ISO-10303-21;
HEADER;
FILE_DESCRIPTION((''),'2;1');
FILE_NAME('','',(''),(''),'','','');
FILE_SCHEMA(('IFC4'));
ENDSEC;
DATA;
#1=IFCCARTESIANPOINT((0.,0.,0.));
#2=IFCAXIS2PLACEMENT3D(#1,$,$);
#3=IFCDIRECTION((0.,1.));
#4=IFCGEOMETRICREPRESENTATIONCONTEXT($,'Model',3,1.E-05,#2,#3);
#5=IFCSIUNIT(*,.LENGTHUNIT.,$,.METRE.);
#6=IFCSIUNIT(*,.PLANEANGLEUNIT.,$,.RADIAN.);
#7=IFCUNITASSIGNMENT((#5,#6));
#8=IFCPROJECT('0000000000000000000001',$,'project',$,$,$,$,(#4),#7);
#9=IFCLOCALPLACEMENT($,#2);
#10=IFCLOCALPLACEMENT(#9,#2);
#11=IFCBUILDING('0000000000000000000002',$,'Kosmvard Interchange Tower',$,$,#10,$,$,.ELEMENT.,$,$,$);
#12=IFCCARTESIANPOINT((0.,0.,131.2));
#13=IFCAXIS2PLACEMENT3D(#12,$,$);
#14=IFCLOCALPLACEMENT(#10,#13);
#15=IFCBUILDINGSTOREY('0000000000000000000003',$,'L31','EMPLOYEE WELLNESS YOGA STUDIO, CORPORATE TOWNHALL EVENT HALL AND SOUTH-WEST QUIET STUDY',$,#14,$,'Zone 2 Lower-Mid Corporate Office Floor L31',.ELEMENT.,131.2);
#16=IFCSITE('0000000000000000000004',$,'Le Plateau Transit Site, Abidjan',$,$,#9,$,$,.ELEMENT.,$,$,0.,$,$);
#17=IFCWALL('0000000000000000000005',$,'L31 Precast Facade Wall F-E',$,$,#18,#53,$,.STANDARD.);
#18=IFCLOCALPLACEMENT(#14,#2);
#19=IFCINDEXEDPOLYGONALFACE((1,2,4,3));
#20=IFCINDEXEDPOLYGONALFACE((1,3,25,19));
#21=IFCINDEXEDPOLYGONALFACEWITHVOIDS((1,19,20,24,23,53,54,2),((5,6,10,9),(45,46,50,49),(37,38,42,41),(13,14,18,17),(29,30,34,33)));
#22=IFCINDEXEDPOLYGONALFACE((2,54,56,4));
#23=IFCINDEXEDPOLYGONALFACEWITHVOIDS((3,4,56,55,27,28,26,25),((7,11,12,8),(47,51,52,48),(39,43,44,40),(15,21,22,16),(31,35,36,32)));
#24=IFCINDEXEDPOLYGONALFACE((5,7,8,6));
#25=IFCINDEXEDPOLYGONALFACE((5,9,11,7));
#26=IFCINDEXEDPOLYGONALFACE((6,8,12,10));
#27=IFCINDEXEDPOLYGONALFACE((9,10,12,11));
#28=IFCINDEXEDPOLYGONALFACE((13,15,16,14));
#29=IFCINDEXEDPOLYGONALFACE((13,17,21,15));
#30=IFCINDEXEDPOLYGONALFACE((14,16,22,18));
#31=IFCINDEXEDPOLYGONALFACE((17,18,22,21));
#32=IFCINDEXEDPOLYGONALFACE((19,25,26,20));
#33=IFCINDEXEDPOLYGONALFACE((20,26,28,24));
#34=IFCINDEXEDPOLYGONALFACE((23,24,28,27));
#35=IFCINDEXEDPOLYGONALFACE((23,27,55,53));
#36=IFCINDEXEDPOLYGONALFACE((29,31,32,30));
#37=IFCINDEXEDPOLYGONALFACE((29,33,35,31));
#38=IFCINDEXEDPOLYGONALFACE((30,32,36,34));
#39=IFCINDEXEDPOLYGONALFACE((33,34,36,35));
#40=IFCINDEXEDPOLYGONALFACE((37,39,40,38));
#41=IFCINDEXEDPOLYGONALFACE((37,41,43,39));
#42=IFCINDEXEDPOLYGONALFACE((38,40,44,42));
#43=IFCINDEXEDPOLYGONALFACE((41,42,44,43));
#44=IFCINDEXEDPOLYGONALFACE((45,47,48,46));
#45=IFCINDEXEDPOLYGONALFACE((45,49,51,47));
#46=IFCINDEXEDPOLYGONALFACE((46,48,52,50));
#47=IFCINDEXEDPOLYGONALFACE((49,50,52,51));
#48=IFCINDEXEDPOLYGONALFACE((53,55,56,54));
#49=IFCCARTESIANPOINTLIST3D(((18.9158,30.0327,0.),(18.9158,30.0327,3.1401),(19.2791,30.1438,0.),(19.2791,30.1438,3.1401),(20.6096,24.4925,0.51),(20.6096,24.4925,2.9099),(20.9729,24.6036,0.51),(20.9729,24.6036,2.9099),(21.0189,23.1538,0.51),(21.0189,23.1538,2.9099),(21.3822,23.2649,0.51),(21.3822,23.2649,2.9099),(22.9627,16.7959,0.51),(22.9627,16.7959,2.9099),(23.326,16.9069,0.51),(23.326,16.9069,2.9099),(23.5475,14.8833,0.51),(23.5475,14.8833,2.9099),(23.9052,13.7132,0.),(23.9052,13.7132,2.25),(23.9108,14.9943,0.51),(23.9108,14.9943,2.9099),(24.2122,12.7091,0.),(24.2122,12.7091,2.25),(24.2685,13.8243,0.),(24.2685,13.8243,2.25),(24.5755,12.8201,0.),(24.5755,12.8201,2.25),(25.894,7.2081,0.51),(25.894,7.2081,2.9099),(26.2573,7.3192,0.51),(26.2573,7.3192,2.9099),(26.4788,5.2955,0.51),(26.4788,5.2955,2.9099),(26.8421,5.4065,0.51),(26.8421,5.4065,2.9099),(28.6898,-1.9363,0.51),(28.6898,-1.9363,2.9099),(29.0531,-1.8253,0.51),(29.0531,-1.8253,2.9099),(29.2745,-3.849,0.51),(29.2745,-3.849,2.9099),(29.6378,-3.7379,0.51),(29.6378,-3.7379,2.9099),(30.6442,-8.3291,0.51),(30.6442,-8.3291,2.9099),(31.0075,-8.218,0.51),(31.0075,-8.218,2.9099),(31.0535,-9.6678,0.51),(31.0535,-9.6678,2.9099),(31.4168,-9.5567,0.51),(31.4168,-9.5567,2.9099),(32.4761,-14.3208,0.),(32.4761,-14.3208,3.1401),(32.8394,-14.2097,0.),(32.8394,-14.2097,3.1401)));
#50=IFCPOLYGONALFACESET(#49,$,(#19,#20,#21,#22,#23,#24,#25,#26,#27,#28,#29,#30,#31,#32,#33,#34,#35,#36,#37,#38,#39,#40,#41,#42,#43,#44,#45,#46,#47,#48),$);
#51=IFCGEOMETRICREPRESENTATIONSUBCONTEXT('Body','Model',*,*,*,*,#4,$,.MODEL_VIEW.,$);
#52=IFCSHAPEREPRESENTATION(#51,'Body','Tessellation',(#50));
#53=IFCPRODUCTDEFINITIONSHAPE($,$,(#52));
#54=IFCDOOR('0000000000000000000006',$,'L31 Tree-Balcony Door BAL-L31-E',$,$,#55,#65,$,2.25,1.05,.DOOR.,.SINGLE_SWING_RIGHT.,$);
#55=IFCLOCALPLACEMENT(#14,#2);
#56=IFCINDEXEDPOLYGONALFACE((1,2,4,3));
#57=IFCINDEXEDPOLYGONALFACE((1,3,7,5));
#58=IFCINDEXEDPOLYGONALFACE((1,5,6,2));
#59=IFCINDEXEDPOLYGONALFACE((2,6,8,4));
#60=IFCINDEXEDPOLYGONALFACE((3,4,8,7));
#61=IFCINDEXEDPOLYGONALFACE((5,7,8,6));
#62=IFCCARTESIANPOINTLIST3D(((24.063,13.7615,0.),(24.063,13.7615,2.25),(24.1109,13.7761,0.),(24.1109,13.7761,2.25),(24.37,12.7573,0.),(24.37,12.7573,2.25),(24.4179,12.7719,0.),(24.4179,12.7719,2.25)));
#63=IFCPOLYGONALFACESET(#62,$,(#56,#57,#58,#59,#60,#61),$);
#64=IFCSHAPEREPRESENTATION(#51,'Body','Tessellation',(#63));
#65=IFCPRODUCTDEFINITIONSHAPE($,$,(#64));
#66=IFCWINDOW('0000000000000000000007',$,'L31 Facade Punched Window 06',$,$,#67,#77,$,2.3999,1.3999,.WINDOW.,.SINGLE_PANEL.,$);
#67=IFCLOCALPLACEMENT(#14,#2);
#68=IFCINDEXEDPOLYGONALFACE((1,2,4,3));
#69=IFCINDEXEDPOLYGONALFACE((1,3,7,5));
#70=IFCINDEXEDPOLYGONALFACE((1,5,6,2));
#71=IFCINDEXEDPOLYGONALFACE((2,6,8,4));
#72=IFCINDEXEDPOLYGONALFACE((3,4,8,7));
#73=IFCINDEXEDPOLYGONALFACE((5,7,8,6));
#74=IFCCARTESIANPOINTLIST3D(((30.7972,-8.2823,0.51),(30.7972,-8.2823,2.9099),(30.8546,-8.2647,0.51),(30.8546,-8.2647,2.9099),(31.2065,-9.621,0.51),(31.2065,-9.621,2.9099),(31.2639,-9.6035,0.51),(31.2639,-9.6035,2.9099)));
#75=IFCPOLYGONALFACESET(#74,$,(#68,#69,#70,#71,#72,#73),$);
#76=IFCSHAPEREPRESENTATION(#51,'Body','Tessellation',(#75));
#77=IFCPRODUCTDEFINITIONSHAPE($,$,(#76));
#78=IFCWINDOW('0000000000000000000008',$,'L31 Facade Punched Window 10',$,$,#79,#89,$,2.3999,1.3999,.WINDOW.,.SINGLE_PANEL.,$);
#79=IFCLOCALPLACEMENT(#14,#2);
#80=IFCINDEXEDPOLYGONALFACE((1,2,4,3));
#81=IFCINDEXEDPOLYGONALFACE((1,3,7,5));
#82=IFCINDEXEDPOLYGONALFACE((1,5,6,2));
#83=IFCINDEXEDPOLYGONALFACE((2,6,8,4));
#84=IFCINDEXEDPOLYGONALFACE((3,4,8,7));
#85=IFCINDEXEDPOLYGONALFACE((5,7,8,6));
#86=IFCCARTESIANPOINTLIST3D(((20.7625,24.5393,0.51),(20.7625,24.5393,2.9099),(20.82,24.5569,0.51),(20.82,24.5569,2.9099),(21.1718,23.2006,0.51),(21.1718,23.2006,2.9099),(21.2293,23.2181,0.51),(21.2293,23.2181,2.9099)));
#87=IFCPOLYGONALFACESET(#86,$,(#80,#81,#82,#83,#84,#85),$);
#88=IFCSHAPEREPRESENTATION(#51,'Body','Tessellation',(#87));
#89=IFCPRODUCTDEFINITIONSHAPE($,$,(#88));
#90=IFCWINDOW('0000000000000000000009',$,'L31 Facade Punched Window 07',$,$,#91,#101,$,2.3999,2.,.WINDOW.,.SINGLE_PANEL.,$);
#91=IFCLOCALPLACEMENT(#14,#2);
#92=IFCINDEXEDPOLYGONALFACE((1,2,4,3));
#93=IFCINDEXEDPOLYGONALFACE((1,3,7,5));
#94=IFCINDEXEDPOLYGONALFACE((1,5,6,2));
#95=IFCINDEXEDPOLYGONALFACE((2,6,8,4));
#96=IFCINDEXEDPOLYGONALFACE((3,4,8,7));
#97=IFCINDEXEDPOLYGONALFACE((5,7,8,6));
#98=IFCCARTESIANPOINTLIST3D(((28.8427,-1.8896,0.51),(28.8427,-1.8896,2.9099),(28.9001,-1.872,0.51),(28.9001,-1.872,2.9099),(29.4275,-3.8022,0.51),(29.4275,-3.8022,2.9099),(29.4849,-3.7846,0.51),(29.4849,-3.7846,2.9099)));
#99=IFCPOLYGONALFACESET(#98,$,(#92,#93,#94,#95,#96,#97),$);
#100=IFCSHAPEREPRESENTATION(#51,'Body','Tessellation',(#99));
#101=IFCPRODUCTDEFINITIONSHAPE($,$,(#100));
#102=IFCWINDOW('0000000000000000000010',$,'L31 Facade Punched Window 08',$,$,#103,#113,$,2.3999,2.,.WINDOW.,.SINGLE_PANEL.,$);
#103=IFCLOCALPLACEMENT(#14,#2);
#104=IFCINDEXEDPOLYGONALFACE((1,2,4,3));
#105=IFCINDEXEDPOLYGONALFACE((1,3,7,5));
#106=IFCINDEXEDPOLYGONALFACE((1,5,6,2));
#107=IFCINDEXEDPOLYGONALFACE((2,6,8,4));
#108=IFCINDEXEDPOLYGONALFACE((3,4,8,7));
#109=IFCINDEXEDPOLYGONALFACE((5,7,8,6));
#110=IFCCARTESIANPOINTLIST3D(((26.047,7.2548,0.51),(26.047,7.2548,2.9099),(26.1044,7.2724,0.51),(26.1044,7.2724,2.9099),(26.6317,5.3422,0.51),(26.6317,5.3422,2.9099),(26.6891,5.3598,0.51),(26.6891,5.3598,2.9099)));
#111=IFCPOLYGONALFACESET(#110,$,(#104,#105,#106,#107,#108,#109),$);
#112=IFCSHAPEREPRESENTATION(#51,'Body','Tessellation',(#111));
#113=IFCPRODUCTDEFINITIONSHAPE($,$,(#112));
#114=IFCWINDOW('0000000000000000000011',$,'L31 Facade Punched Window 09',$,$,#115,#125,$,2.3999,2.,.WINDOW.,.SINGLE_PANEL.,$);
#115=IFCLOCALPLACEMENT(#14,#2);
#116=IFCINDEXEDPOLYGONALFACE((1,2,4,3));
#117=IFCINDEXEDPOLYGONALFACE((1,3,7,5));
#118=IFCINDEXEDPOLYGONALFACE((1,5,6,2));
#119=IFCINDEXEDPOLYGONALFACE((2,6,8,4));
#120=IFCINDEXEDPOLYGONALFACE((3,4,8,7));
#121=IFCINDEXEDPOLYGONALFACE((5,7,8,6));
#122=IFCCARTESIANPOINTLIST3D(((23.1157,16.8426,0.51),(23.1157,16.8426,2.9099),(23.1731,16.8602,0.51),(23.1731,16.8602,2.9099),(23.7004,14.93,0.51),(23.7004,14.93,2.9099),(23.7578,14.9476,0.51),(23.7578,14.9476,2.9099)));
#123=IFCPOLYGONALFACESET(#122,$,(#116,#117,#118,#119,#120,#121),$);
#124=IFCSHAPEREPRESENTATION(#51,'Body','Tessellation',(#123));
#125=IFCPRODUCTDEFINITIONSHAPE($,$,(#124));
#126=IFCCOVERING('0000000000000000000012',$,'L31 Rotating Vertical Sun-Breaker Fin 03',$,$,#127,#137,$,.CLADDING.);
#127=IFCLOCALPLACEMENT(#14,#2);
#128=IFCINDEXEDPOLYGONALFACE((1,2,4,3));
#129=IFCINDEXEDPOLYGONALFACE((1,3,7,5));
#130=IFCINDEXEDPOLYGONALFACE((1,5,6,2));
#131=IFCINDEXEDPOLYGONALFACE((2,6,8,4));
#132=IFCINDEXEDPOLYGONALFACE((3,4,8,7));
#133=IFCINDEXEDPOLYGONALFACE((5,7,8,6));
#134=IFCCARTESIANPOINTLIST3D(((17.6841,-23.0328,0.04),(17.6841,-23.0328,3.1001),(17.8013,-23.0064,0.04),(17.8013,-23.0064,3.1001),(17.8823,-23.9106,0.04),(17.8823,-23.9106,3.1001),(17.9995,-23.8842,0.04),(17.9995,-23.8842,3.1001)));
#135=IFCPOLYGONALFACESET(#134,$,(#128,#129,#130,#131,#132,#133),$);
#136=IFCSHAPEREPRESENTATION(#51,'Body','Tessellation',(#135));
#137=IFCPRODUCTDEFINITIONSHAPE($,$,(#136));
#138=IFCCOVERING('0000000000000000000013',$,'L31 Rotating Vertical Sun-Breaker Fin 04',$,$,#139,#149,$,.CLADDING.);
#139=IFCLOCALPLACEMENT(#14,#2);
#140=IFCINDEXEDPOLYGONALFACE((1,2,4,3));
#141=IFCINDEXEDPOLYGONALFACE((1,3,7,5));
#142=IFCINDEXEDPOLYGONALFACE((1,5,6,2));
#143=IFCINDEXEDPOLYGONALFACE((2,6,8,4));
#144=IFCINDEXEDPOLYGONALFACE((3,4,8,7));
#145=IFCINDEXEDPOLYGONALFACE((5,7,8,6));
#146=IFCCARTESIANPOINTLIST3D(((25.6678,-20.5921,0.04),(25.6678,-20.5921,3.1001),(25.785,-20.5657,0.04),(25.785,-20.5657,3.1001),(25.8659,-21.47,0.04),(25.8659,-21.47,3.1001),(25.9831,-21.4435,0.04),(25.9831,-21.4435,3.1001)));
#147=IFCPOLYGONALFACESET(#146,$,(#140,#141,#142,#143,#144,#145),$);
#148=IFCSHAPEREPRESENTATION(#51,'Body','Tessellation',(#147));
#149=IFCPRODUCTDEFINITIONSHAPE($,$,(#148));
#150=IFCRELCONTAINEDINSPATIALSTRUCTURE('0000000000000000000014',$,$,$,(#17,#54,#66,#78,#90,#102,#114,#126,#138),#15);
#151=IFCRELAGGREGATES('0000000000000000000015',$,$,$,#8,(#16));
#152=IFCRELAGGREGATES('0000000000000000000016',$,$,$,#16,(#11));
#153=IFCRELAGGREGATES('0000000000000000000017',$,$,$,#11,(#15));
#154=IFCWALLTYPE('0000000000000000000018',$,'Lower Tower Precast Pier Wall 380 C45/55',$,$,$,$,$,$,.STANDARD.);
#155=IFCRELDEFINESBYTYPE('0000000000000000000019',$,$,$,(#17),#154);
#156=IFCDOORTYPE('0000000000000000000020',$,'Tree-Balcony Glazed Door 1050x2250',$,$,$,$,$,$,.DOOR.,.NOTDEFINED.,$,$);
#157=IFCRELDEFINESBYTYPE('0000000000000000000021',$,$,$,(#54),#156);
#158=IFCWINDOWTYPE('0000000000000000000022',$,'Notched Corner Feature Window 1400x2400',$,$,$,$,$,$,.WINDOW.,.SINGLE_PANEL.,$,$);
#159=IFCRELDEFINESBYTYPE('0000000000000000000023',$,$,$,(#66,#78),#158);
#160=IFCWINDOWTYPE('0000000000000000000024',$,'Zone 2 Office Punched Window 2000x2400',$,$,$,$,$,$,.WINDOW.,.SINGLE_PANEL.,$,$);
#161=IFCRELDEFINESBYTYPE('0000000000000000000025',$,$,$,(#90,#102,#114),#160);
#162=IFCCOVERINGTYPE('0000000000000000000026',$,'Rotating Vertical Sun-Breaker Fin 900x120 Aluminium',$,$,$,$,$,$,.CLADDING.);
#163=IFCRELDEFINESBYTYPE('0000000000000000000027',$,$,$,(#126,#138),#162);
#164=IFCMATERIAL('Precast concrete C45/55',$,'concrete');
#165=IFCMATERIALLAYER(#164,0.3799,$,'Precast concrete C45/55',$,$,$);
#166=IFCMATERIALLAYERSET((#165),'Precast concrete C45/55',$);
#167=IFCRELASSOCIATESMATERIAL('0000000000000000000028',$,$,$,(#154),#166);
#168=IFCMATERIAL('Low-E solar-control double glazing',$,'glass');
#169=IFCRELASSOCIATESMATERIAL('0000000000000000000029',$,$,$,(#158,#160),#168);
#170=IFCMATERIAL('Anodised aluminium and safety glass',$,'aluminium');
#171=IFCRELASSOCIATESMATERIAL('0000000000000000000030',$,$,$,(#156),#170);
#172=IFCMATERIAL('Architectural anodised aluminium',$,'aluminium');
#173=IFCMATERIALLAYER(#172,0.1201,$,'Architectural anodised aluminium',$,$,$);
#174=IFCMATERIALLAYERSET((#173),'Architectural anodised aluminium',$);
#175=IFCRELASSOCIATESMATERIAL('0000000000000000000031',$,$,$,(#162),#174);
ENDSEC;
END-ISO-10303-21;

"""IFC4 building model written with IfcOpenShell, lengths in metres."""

from ifc_helpers import new_model, si_unit, direction, frame, frame_2d, origin, origin_2d, place, context, subcontext, project, spatial, rectangle, extrude, source, transform, mapped, material, layer, layer_set, type_object, element, fill, save


model = new_model("IFC4")

# Units and contexts
model_context = context("Model", 3, precision=1e-05, world=origin(), true_north=direction((0.0, 1.0)))
body_context = subcontext(model_context, "Body", "Model", "MODEL_VIEW")
ifc_project = project(units=[si_unit("LENGTHUNIT", "METRE"), si_unit("PLANEANGLEUNIT", "RADIAN")], contexts=[model_context])

# Site, building, storey
site_placement = place(None, origin())
site = spatial("IfcSite", under=ifc_project, at=site_placement, Name="Le Plateau Transit Site, Abidjan", CompositionType="ELEMENT", RefElevation=0.0)
building_placement = place(site_placement, origin())
building = spatial("IfcBuilding", under=site, at=building_placement, Name="Kosmvard Interchange Tower", CompositionType="ELEMENT")
storey_placement = place(building_placement, frame((0.0, 0.0, 131.2)))
storey = spatial("IfcBuildingStorey", under=building, at=storey_placement, Name="L31", Description="EMPLOYEE WELLNESS YOGA STUDIO, CORPORATE TOWNHALL EVENT HALL AND SOUTH-WEST QUIET STUDY", LongName="Zone 2 Lower-Mid Corporate Office Floor L31", CompositionType="ELEMENT", Elevation=131.2)

# Shared definitions
ifc_material_1 = material(Name="Precast concrete C45/55", Category="concrete")

# Shared definitions
ifc_layer_1 = layer(ifc_material_1, 0.3799, Name="Precast concrete C45/55")
ifc_layer_set_1 = layer_set([ifc_layer_1], Name="Precast concrete C45/55")
wall_type_1 = type_object("IfcWallType", Name="Lower Tower Precast Pier Wall 380 C45/55", PredefinedType="STANDARD", material=ifc_layer_set_1)

# Shared definitions
ifc_material_2 = material(Name="Low-E solar-control double glazing", Category="glass")
window_type_1 = type_object("IfcWindowType", Name="Notched Corner Feature Window 1400x2400", PartitioningType="SINGLE_PANEL", PredefinedType="WINDOW", material=ifc_material_2)
shared_shape_1 = source(origin(), body_context, "Body", "SweptSolid", [
    extrude(rectangle(XDim=1.3999, YDim=2.3999, at=frame_2d((0.7, 1.2))), frame((0.0, 0.03, 0.0), z_axis=(0.0, -1.0, 0.0), x_axis=(1.0, 0.0, 0.0)), (0.0, 0.0, 1.0), 0.0601),
])

# Wall, openings, door, windows
wall_1_placement = place(storey_placement, frame((32.6577, -14.2651, 0.0), z_axis=(0.0, 0.0, 1.0), x_axis=(-0.292373, 0.956304, 0.0)))
wall_1 = element("IfcWall", 1, at=wall_1_placement, inside=storey, type_object=wall_type_1, Name="L31 Precast Facade Wall F-E", PredefinedType="STANDARD", context=body_context, shape_type="SweptSolid", body=[
    extrude(rectangle(XDim=46.3801, YDim=0.3799, at=frame_2d((23.1899, 0.0))), origin(), (0.0, 0.0, 1.0), 3.1401),
])
opening_1_placement = place(wall_1_placement, frame((28.2649, 0.0, 0.0)))
opening_1 = element("IfcOpeningElement", 2, at=opening_1_placement, cuts=wall_1, PredefinedType="OPENING", context=body_context, shape_type="SweptSolid", body=[
    extrude(rectangle(XDim=1.05, YDim=2.25, at=frame_2d((0.5249, 1.125))), frame((0.0, 0.2, 0.0), z_axis=(0.0, -1.0, 0.0), x_axis=(1.0, 0.0, 0.0)), (0.0, 0.0, 1.0), 0.3999),
])
opening_2_placement = place(wall_1_placement, frame((4.8655, 0.0, 0.51)))
opening_2 = element("IfcOpeningElement", 3, at=opening_2_placement, cuts=wall_1, PredefinedType="OPENING", context=body_context, shape_type="SweptSolid", body=[
    extrude(rectangle(XDim=1.3999, YDim=2.3999, at=frame_2d((0.7, 1.2))), frame((0.0, 0.2, 0.0), z_axis=(0.0, -1.0, 0.0), x_axis=(1.0, 0.0, 0.0)), (0.0, 0.0, 1.0), 0.3999),
])
opening_3_placement = place(wall_1_placement, frame((10.9502, 0.0, 0.51)))
opening_3 = element("IfcOpeningElement", 4, at=opening_3_placement, cuts=wall_1, PredefinedType="OPENING", context=body_context, shape_type="SweptSolid", body=[
    extrude(rectangle(XDim=2.0, YDim=2.3999, at=frame_2d((1.0, 1.2))), frame((0.0, 0.2, 0.0), z_axis=(0.0, -1.0, 0.0), x_axis=(1.0, 0.0, 0.0)), (0.0, 0.0, 1.0), 0.3999),
])
opening_4_placement = place(wall_1_placement, frame((20.5125, 0.0, 0.51)))
opening_4 = element("IfcOpeningElement", 5, at=opening_4_placement, cuts=wall_1, PredefinedType="OPENING", context=body_context, shape_type="SweptSolid", body=[
    extrude(rectangle(XDim=2.0, YDim=2.3999, at=frame_2d((1.0, 1.2))), frame((0.0, 0.2, 0.0), z_axis=(0.0, -1.0, 0.0), x_axis=(1.0, 0.0, 0.0)), (0.0, 0.0, 1.0), 0.3999),
])
opening_5_placement = place(wall_1_placement, frame((30.5383, 0.0, 0.51)))
opening_5 = element("IfcOpeningElement", 6, at=opening_5_placement, cuts=wall_1, PredefinedType="OPENING", context=body_context, shape_type="SweptSolid", body=[
    extrude(rectangle(XDim=2.0, YDim=2.3999, at=frame_2d((1.0, 1.2))), frame((0.0, 0.2, 0.0), z_axis=(0.0, -1.0, 0.0), x_axis=(1.0, 0.0, 0.0)), (0.0, 0.0, 1.0), 0.3999),
])
opening_6_placement = place(wall_1_placement, frame((39.1868, 0.0, 0.51)))
opening_6 = element("IfcOpeningElement", 7, at=opening_6_placement, cuts=wall_1, PredefinedType="OPENING", context=body_context, shape_type="SweptSolid", body=[
    extrude(rectangle(XDim=1.3999, YDim=2.3999, at=frame_2d((0.7, 1.2))), frame((0.0, 0.2, 0.0), z_axis=(0.0, -1.0, 0.0), x_axis=(1.0, 0.0, 0.0)), (0.0, 0.0, 1.0), 0.3999),
])
ifc_material_3 = material(Name="Anodised aluminium and safety glass", Category="aluminium")
door_type = type_object("IfcDoorType", Name="Tree-Balcony Glazed Door 1050x2250", OperationType="NOTDEFINED", PredefinedType="DOOR", material=ifc_material_3)
shared_shape_2 = source(origin(), body_context, "Body", "SweptSolid", [
    extrude(rectangle(XDim=1.05, YDim=2.25, at=frame_2d((0.5249, 1.125))), frame((0.0, 0.0249, 0.0), z_axis=(0.0, -1.0, 0.0), x_axis=(1.0, 0.0, 0.0)), (0.0, 0.0, 1.0), 0.05),
])
door_placement = place(opening_1_placement, origin())
door = element("IfcDoor", 8, at=door_placement, inside=storey, type_object=door_type, Name="L31 Tree-Balcony Door BAL-L31-E", OperationType="SINGLE_SWING_RIGHT", OverallHeight=2.25, OverallWidth=1.05, PredefinedType="DOOR", context=body_context, shape_type="MappedRepresentation", body=[
    mapped(shared_shape_2, transform((0.0, 0.0, 0.0), scale=1.0)),
])
fill(opening_1, door)
window_1_placement = place(opening_2_placement, origin())
window_1 = element("IfcWindow", 9, at=window_1_placement, inside=storey, type_object=window_type_1, Name="L31 Facade Punched Window 06", OverallHeight=2.3999, OverallWidth=1.3999, PartitioningType="SINGLE_PANEL", PredefinedType="WINDOW", context=body_context, shape_type="MappedRepresentation", body=[
    mapped(shared_shape_1, transform((0.0, 0.0, 0.0), scale=1.0)),
])
fill(opening_2, window_1)
window_2_placement = place(opening_6_placement, origin())
window_2 = element("IfcWindow", 10, at=window_2_placement, inside=storey, type_object=window_type_1, Name="L31 Facade Punched Window 10", OverallHeight=2.3999, OverallWidth=1.3999, PartitioningType="SINGLE_PANEL", PredefinedType="WINDOW", context=body_context, shape_type="MappedRepresentation", body=[
    mapped(shared_shape_1, transform((0.0, 0.0, 0.0), scale=1.0)),
])
fill(opening_6, window_2)
window_type_2 = type_object("IfcWindowType", Name="Zone 2 Office Punched Window 2000x2400", PartitioningType="SINGLE_PANEL", PredefinedType="WINDOW", material=ifc_material_2)
shared_shape_3 = source(origin(), body_context, "Body", "SweptSolid", [
    extrude(rectangle(XDim=2.0, YDim=2.3999, at=frame_2d((1.0, 1.2))), frame((0.0, 0.03, 0.0), z_axis=(0.0, -1.0, 0.0), x_axis=(1.0, 0.0, 0.0)), (0.0, 0.0, 1.0), 0.0601),
])
window_3_placement = place(opening_3_placement, origin())
window_3 = element("IfcWindow", 11, at=window_3_placement, inside=storey, type_object=window_type_2, Name="L31 Facade Punched Window 07", OverallHeight=2.3999, OverallWidth=2.0, PartitioningType="SINGLE_PANEL", PredefinedType="WINDOW", context=body_context, shape_type="MappedRepresentation", body=[
    mapped(shared_shape_3, transform((0.0, 0.0, 0.0), scale=1.0)),
])
fill(opening_3, window_3)
window_4_placement = place(opening_4_placement, origin())
window_4 = element("IfcWindow", 12, at=window_4_placement, inside=storey, type_object=window_type_2, Name="L31 Facade Punched Window 08", OverallHeight=2.3999, OverallWidth=2.0, PartitioningType="SINGLE_PANEL", PredefinedType="WINDOW", context=body_context, shape_type="MappedRepresentation", body=[
    mapped(shared_shape_3, transform((0.0, 0.0, 0.0), scale=1.0)),
])
fill(opening_4, window_4)
window_5_placement = place(opening_5_placement, origin())
window_5 = element("IfcWindow", 13, at=window_5_placement, inside=storey, type_object=window_type_2, Name="L31 Facade Punched Window 09", OverallHeight=2.3999, OverallWidth=2.0, PartitioningType="SINGLE_PANEL", PredefinedType="WINDOW", context=body_context, shape_type="MappedRepresentation", body=[
    mapped(shared_shape_3, transform((0.0, 0.0, 0.0), scale=1.0)),
])
fill(opening_5, window_5)

# Coverings
ifc_material_4 = material(Name="Architectural anodised aluminium", Category="aluminium")
ifc_layer_2 = layer(ifc_material_4, 0.1201, Name="Architectural anodised aluminium")
ifc_layer_set_2 = layer_set([ifc_layer_2], Name="Architectural anodised aluminium")
covering_type = type_object("IfcCoveringType", Name="Rotating Vertical Sun-Breaker Fin 900x120 Aluminium", PredefinedType="CLADDING", material=ifc_layer_set_2)
shared_shape_4 = source(origin(), body_context, "Body", "SweptSolid", [
    extrude(rectangle(XDim=0.8999, YDim=0.1201, at=origin_2d()), origin(), (0.0, 0.0, 1.0), 3.0601),
])
for number, where, z_axis, x_axis, name in (
    (14, (17.8418, -23.4585, 0.04), (0.0, 0.0, 1.0), (0.220187, -0.975458, 0.0), "L31 Rotating Vertical Sun-Breaker Fin 03"),
    (15, (25.8254, -21.0178, 0.04), (0.0, 0.0, 1.0), (0.220187, -0.975458, 0.0), "L31 Rotating Vertical Sun-Breaker Fin 04"),
):
    element("IfcCovering", number, at=place(storey_placement, frame(where, z_axis=z_axis, x_axis=x_axis)), inside=storey, type_object=covering_type, Name=name, PredefinedType="CLADDING", context=body_context, shape_type="MappedRepresentation", body=[
        mapped(shared_shape_4, transform((0.0, 0.0, 0.0), scale=1.0)),
    ])

save(model, "model.ifc")
